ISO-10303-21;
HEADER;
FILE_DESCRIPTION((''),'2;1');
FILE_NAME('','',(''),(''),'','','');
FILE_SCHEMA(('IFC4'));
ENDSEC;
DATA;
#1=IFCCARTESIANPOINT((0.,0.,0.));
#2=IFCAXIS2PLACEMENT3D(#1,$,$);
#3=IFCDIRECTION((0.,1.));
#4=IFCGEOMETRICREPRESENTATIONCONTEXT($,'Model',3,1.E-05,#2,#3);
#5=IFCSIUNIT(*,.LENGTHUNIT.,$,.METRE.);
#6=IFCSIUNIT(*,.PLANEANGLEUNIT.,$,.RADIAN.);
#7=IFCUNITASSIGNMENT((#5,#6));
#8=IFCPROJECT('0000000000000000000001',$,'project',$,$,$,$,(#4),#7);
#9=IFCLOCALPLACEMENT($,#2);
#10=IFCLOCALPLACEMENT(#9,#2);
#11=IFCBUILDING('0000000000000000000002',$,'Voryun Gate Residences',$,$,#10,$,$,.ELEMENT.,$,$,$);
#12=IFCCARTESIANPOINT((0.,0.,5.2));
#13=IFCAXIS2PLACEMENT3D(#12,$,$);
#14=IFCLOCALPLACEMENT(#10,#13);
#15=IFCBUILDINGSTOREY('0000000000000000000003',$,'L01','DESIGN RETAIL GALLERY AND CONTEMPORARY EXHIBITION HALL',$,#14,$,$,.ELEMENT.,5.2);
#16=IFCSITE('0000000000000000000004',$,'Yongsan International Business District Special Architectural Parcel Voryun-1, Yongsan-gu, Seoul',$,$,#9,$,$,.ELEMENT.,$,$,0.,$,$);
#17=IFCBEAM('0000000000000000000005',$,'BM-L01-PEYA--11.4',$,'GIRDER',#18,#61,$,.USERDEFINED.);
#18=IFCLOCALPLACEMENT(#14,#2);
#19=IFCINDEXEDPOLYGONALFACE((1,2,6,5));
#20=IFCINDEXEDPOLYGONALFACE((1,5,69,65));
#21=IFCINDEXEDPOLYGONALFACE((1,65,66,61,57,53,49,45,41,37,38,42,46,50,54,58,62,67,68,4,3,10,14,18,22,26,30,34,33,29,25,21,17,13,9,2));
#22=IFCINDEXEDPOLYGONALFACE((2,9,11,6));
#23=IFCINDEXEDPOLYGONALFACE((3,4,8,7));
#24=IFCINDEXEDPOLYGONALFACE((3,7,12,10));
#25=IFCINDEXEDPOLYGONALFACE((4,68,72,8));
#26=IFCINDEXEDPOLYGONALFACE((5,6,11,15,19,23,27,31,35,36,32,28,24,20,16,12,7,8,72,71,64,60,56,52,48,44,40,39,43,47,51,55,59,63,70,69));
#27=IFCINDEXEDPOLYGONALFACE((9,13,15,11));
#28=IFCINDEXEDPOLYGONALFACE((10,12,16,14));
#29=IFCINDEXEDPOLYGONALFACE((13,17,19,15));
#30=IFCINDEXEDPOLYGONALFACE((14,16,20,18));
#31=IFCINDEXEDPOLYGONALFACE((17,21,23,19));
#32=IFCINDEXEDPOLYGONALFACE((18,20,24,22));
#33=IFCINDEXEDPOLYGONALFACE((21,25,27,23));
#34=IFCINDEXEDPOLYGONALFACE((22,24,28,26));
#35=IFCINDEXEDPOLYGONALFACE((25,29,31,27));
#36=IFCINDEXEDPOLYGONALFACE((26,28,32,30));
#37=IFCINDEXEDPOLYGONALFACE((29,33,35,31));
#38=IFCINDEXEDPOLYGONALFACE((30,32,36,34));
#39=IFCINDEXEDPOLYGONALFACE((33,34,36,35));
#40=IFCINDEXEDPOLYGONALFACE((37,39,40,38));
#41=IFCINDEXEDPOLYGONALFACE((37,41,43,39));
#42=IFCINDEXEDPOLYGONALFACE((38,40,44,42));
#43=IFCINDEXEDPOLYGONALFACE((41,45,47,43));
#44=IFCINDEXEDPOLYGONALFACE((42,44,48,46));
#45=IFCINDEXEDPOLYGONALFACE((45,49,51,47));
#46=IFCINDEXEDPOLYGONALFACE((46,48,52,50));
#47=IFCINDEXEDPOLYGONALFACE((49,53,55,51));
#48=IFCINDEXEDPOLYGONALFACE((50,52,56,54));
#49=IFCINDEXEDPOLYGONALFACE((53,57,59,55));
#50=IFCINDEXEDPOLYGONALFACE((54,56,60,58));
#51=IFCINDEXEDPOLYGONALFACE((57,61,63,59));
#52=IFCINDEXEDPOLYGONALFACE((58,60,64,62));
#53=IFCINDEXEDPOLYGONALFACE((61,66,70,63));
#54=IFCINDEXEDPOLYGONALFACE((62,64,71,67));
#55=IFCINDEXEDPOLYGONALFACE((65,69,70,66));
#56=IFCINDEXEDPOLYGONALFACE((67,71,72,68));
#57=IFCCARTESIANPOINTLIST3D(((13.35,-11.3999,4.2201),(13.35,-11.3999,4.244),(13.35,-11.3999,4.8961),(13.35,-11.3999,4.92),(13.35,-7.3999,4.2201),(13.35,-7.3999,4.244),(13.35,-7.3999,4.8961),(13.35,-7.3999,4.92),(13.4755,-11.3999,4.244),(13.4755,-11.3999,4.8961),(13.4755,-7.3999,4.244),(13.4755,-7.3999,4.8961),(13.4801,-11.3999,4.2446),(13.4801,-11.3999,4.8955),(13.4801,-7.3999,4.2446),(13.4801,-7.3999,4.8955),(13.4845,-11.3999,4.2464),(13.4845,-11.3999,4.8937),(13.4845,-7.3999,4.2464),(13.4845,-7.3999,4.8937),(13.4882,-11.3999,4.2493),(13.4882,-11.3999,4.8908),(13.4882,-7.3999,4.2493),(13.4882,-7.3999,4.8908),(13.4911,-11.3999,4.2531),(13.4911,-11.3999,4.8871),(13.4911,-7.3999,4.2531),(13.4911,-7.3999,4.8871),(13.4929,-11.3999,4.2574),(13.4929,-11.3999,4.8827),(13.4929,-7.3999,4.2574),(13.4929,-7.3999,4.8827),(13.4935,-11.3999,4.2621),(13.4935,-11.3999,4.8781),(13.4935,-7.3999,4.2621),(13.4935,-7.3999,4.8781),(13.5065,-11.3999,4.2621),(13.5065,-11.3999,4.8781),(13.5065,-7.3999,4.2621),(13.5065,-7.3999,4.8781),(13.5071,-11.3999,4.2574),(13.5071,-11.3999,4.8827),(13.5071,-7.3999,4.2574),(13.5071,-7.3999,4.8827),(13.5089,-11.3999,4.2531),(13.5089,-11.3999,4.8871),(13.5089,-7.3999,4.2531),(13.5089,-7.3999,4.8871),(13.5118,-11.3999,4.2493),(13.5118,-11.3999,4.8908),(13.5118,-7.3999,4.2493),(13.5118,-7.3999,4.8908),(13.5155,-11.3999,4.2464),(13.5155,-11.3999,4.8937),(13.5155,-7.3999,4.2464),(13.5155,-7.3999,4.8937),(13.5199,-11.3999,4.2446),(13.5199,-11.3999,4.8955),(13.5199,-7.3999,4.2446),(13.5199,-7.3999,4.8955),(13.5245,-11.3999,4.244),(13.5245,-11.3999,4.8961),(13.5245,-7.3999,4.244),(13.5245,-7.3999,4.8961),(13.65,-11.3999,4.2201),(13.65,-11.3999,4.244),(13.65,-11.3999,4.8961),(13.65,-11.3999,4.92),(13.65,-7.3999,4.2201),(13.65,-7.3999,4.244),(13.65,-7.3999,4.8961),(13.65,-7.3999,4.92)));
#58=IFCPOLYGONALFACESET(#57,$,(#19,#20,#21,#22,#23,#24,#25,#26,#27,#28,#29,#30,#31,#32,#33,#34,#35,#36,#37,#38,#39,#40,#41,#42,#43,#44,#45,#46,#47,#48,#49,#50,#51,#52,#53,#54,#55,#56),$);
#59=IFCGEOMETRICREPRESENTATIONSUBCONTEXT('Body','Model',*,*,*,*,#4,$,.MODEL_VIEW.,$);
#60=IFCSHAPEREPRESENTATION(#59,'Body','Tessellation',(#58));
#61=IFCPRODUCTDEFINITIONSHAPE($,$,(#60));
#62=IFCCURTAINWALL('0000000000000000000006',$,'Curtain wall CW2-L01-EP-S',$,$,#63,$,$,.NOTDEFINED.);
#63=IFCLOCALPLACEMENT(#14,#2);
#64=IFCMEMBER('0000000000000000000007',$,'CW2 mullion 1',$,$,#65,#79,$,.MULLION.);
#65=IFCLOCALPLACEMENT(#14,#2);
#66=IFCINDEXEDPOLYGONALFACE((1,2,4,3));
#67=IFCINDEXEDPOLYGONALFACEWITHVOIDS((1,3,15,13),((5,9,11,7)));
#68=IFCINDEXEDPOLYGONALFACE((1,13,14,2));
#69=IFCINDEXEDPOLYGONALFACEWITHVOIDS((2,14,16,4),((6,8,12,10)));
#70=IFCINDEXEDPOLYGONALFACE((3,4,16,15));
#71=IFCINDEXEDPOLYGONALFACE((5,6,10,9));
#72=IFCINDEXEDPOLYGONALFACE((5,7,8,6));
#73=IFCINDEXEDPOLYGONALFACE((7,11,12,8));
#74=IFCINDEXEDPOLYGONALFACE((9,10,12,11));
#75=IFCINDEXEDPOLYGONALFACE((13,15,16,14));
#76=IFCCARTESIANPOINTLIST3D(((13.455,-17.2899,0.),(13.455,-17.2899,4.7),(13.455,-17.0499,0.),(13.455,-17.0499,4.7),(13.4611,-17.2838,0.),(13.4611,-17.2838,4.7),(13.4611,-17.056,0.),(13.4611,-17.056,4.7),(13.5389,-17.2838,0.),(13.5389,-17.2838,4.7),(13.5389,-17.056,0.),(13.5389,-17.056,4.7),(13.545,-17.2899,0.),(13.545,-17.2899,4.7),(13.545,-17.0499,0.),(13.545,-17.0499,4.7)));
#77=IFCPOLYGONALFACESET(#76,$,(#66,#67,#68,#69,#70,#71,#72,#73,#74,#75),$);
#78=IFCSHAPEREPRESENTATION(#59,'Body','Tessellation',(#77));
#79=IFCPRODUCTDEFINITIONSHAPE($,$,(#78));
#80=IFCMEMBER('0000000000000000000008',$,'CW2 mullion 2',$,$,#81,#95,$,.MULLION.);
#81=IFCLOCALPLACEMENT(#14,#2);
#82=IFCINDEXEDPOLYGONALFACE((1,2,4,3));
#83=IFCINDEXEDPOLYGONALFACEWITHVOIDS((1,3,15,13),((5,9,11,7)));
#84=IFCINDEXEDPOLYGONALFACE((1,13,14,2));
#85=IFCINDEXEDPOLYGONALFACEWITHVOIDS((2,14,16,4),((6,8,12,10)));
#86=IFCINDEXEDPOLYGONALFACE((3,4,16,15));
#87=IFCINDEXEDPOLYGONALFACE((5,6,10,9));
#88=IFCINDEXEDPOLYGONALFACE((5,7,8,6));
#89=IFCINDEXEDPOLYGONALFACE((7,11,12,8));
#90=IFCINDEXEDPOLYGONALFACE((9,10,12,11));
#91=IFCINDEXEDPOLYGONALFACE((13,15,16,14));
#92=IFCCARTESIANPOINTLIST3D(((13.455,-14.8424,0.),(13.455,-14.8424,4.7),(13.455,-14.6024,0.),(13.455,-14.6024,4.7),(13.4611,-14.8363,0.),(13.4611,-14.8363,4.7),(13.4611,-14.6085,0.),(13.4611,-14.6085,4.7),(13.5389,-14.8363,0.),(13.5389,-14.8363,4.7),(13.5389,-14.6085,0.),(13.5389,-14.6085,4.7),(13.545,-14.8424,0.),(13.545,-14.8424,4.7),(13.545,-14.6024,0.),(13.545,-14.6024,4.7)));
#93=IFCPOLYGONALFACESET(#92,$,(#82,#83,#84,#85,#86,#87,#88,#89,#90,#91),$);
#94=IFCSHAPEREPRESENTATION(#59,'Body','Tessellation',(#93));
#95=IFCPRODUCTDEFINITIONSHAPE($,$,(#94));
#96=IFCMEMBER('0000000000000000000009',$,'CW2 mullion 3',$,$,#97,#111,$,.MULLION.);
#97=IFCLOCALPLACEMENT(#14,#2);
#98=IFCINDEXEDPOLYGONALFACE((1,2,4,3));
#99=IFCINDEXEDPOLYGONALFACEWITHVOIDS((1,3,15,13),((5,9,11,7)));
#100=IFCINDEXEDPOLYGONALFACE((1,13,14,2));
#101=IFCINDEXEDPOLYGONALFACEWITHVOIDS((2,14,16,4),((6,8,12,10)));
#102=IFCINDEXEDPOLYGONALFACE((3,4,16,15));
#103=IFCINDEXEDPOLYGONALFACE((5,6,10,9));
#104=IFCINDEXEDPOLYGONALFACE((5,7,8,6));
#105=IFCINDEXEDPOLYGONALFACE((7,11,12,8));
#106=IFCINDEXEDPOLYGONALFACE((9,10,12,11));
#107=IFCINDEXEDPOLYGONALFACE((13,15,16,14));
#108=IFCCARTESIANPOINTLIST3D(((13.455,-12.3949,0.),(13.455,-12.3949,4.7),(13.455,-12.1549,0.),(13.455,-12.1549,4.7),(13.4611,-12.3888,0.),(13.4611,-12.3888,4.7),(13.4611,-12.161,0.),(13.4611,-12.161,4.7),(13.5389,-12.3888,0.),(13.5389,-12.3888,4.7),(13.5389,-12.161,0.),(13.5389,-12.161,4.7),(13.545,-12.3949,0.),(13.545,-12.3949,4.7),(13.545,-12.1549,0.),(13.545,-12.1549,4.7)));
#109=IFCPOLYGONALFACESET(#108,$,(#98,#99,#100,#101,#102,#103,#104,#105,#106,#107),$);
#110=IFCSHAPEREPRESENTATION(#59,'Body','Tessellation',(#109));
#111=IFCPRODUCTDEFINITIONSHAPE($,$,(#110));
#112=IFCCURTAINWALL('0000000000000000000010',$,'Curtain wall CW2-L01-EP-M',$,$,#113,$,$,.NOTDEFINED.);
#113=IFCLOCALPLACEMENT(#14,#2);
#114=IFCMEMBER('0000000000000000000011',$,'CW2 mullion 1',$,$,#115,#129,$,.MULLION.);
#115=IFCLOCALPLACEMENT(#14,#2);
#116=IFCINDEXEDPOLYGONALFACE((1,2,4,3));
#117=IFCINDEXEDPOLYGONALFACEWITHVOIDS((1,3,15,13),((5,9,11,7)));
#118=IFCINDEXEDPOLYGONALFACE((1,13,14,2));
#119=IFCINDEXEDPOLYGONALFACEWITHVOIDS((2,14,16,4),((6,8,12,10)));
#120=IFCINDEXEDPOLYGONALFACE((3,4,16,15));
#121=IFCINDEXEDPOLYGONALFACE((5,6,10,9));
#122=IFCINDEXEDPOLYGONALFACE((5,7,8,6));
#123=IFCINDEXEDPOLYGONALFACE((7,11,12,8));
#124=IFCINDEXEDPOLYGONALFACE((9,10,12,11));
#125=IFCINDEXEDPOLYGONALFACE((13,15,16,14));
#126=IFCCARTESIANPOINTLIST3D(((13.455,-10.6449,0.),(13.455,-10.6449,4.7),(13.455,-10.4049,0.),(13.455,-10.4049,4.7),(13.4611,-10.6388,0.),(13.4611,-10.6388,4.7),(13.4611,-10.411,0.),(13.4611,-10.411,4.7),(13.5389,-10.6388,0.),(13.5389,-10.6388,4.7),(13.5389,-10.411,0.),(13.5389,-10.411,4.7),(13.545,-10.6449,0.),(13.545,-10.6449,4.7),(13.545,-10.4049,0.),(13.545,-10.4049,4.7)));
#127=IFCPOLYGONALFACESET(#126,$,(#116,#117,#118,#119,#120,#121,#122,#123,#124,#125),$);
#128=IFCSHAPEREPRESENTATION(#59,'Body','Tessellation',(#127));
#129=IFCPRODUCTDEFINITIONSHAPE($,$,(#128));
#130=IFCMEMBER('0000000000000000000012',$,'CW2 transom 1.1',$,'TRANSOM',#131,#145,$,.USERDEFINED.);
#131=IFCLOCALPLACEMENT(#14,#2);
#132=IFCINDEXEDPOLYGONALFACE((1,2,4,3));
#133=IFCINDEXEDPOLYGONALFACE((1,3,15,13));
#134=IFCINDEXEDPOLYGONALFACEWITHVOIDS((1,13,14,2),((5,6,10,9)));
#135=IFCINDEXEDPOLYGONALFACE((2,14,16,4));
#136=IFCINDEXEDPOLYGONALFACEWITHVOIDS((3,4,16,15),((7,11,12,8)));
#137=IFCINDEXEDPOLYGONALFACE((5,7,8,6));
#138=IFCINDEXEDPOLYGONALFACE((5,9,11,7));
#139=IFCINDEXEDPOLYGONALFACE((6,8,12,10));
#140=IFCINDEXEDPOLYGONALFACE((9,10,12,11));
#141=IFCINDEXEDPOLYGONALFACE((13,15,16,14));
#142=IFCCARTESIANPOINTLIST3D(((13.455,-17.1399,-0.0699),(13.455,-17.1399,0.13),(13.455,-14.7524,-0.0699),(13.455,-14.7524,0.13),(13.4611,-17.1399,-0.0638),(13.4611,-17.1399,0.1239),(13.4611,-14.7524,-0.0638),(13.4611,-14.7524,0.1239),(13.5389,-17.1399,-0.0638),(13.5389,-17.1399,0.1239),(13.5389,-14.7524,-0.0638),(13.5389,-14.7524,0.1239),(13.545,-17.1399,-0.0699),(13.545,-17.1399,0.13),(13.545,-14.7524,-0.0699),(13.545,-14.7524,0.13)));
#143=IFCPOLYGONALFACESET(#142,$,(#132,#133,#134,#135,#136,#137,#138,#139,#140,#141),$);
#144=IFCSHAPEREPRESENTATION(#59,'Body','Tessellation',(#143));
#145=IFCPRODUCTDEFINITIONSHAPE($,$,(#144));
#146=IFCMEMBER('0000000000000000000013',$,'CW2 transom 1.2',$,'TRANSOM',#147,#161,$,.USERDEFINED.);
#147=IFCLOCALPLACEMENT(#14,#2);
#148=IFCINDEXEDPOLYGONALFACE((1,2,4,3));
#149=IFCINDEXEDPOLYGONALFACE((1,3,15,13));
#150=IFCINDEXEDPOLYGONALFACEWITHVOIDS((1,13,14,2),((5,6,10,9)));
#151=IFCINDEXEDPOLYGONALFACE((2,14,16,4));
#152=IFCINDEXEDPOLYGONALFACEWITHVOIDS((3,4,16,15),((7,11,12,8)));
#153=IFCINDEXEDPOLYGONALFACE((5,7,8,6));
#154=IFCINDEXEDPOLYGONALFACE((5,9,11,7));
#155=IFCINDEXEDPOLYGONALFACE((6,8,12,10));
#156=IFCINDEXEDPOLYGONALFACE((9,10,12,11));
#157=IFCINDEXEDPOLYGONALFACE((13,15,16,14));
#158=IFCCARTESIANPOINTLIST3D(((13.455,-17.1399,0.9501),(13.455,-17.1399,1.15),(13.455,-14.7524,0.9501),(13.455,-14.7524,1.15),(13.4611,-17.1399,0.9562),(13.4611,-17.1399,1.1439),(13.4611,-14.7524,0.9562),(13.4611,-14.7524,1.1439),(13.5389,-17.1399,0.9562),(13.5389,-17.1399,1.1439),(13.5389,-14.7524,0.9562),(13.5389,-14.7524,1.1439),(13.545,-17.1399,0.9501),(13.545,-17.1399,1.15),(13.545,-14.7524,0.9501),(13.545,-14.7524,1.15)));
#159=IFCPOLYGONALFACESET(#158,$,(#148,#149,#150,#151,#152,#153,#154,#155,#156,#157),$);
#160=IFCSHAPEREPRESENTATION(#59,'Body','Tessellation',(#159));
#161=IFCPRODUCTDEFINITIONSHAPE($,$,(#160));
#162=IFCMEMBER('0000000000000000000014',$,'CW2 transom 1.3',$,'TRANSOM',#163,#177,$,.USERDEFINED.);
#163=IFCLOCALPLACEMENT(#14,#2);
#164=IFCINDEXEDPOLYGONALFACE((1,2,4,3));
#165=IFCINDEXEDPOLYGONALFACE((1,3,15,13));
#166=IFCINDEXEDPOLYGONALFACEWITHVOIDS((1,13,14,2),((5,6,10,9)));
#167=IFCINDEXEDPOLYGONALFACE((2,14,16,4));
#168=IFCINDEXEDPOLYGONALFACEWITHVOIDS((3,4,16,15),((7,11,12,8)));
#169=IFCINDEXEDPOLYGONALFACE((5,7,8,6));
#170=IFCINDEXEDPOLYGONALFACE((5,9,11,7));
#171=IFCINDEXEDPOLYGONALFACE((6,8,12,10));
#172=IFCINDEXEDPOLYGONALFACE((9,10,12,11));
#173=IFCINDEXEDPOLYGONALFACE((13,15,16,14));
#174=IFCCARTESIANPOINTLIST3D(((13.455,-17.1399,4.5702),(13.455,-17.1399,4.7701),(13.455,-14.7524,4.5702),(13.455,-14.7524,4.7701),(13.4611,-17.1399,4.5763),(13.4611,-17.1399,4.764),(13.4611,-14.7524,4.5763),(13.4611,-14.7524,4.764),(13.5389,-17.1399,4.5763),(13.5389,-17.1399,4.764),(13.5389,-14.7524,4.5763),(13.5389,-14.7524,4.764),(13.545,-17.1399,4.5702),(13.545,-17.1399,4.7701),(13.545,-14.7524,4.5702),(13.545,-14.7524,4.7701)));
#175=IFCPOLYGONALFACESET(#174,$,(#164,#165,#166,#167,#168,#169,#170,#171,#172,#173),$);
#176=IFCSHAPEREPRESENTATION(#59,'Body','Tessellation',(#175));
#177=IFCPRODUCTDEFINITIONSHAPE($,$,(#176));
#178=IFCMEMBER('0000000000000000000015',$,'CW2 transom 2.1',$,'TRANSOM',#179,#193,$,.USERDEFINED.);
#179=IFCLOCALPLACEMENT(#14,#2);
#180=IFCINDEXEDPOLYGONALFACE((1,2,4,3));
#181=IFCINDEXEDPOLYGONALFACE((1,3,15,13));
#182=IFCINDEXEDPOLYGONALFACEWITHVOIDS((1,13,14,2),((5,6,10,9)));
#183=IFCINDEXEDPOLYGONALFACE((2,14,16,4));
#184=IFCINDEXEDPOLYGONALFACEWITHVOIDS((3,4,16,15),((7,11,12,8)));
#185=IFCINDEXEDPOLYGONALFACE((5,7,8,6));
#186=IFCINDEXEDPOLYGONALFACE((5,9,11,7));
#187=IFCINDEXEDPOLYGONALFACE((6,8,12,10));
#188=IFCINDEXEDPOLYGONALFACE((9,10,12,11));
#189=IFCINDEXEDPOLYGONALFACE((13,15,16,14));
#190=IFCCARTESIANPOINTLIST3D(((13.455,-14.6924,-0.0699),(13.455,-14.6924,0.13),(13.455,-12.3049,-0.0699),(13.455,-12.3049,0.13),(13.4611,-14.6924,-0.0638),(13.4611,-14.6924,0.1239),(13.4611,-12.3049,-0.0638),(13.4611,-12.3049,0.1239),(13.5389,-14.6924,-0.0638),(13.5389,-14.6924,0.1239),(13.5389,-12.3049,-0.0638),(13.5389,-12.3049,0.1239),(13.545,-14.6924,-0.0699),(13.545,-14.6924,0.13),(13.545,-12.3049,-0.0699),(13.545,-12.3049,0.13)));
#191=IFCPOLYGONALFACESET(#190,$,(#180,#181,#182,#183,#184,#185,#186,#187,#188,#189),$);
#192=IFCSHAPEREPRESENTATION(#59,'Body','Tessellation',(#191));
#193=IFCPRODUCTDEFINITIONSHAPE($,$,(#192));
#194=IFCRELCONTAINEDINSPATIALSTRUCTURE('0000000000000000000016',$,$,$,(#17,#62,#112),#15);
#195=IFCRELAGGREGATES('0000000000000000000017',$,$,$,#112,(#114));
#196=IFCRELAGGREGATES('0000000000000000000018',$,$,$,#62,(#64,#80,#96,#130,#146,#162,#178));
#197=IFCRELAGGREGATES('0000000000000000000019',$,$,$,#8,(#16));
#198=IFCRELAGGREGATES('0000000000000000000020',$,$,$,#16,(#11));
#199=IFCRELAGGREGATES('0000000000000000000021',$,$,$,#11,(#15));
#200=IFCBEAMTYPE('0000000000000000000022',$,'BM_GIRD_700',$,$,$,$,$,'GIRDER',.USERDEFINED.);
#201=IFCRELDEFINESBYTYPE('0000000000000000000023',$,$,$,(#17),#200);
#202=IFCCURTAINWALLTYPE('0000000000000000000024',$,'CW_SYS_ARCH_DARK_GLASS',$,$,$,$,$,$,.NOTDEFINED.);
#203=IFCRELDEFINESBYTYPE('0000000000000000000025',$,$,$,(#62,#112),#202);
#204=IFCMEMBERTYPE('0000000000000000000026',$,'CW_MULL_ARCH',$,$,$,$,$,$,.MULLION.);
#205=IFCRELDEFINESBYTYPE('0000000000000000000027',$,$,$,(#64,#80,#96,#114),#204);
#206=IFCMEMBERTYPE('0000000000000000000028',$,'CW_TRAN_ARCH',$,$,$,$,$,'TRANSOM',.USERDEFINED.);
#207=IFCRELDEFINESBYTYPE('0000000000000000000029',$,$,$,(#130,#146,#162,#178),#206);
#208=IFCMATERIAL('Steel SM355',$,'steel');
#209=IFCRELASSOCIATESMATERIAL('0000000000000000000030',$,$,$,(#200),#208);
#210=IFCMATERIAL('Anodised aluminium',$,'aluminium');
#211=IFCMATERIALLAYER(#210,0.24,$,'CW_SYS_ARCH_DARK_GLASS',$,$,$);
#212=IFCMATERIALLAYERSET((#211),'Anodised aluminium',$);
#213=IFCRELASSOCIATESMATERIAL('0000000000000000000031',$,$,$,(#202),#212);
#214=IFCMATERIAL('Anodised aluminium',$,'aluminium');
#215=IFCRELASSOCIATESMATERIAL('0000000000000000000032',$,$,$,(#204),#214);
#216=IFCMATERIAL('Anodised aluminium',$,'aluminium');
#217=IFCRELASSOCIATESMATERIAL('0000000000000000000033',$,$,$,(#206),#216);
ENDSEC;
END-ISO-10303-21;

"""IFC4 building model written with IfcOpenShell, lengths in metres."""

from ifc_helpers import new_model, si_unit, direction, frame, origin, origin_2d, place, context, subcontext, project, spatial, hollow_rectangle, i_section, extrude, material, layer, layer_set, material_profile, profile_set, type_object, element, aggregate, save


model = new_model("IFC4")

# Units and contexts
model_context = context("Model", 3, precision=1e-05, world=origin(), true_north=direction((0.0, 1.0)))
body_context = subcontext(model_context, "Body", "Model", "MODEL_VIEW")
ifc_project = project(units=[si_unit("LENGTHUNIT", "METRE"), si_unit("PLANEANGLEUNIT", "RADIAN")], contexts=[model_context])

# Site, building, storey
site_placement = place(None, origin())
site = spatial("IfcSite", under=ifc_project, at=site_placement, Name="Yongsan International Business District Special Architectural Parcel Voryun-1, Yongsan-gu, Seoul", CompositionType="ELEMENT", RefElevation=0.0)
building_placement = place(site_placement, origin())
building = spatial("IfcBuilding", under=site, at=building_placement, Name="Voryun Gate Residences", CompositionType="ELEMENT")
storey_placement = place(building_placement, frame((0.0, 0.0, 5.2)))
storey = spatial("IfcBuildingStorey", under=building, at=storey_placement, Name="L01", Description="DESIGN RETAIL GALLERY AND CONTEMPORARY EXHIBITION HALL", CompositionType="ELEMENT", Elevation=5.2)

# Beam
ifc_material_1 = material(Name="Steel SM355", Category="steel")
ifc_material_profile_1 = material_profile(ifc_material_1, i_section(OverallWidth=0.3, OverallDepth=0.7, WebThickness=0.0129, FlangeThickness=0.0239, FilletRadius=0.0181, at=origin_2d()), Name="H-700x300x13x24")
ifc_profile_set_1 = profile_set([ifc_material_profile_1], Name="Steel SM355")
beam_type = type_object("IfcBeamType", Name="BM_GIRD_700", ElementType="GIRDER", PredefinedType="USERDEFINED", material=ifc_profile_set_1)
beam_1_placement = place(storey_placement, frame((13.5, -11.3999, 4.5701), z_axis=(0.0, 1.0, 0.0), x_axis=(-1.0, 0.0, 0.0)))
element("IfcBeam", 1, at=beam_1_placement, inside=storey, type_object=beam_type, Name="BM-L01-PEYA--11.4", ObjectType="GIRDER", PredefinedType="USERDEFINED", context=body_context, shape_type="SweptSolid", body=[
    extrude(i_section(OverallWidth=0.3, OverallDepth=0.7, WebThickness=0.0129, FlangeThickness=0.0239, FilletRadius=0.0181, at=origin_2d()), origin(), (0.0, 0.0, 1.0), 4.0),
])

# Curtain wall, members
ifc_material_2 = material(Name="Anodised aluminium", Category="aluminium")
ifc_layer_1 = layer(ifc_material_2, 0.24, Name="CW_SYS_ARCH_DARK_GLASS")
ifc_layer_set_1 = layer_set([ifc_layer_1], Name="Anodised aluminium")
curtain_wall_type = type_object("IfcCurtainWallType", Name="CW_SYS_ARCH_DARK_GLASS", PredefinedType="NOTDEFINED", material=ifc_layer_set_1)
curtain_wall_1_placement = place(storey_placement, origin())
curtain_wall_1 = element("IfcCurtainWall", 2, at=curtain_wall_1_placement, inside=storey, type_object=curtain_wall_type, Name="Curtain wall CW2-L01-EP-S", PredefinedType="NOTDEFINED")
ifc_material_3 = material(Name="Anodised aluminium", Category="aluminium")
ifc_material_profile_2 = material_profile(ifc_material_3, hollow_rectangle(XDim=0.0901, YDim=0.24, WallThickness=0.0061, at=origin_2d()), Name="ALU-MULL-240x90x6")
ifc_profile_set_2 = profile_set([ifc_material_profile_2], Name="Anodised aluminium")
member_type_1 = type_object("IfcMemberType", Name="CW_MULL_ARCH", PredefinedType="MULLION", material=ifc_profile_set_2)
member_1_placement = place(storey_placement, frame((13.5, -17.1699, 0.0), z_axis=(0.0, 0.0, 1.0), x_axis=(-1.0, 0.0, 0.0)))
member_1 = element("IfcMember", 3, at=member_1_placement, type_object=member_type_1, Name="CW2 mullion 1", PredefinedType="MULLION", context=body_context, shape_type="SweptSolid", body=[
    extrude(hollow_rectangle(XDim=0.0901, YDim=0.24, WallThickness=0.0061, at=origin_2d()), origin(), (0.0, 0.0, 1.0), 4.7),
])
member_2_placement = place(storey_placement, frame((13.5, -14.7224, 0.0), z_axis=(0.0, 0.0, 1.0), x_axis=(-1.0, 0.0, 0.0)))
member_2 = element("IfcMember", 4, at=member_2_placement, type_object=member_type_1, Name="CW2 mullion 2", PredefinedType="MULLION", context=body_context, shape_type="SweptSolid", body=[
    extrude(hollow_rectangle(XDim=0.0901, YDim=0.24, WallThickness=0.0061, at=origin_2d()), origin(), (0.0, 0.0, 1.0), 4.7),
])
member_3_placement = place(storey_placement, frame((13.5, -12.2749, 0.0), z_axis=(0.0, 0.0, 1.0), x_axis=(-1.0, 0.0, 0.0)))
member_3 = element("IfcMember", 5, at=member_3_placement, type_object=member_type_1, Name="CW2 mullion 3", PredefinedType="MULLION", context=body_context, shape_type="SweptSolid", body=[
    extrude(hollow_rectangle(XDim=0.0901, YDim=0.24, WallThickness=0.0061, at=origin_2d()), origin(), (0.0, 0.0, 1.0), 4.7),
])

# Curtain wall, member
curtain_wall_2_placement = place(storey_placement, origin())
curtain_wall_2 = element("IfcCurtainWall", 6, at=curtain_wall_2_placement, inside=storey, type_object=curtain_wall_type, Name="Curtain wall CW2-L01-EP-M", PredefinedType="NOTDEFINED")
member_4_placement = place(storey_placement, frame((13.5, -10.5249, 0.0), z_axis=(0.0, 0.0, 1.0), x_axis=(-1.0, 0.0, 0.0)))
member_4 = element("IfcMember", 7, at=member_4_placement, type_object=member_type_1, Name="CW2 mullion 1", PredefinedType="MULLION", context=body_context, shape_type="SweptSolid", body=[
    extrude(hollow_rectangle(XDim=0.0901, YDim=0.24, WallThickness=0.0061, at=origin_2d()), origin(), (0.0, 0.0, 1.0), 4.7),
])

# Members
ifc_material_4 = material(Name="Anodised aluminium", Category="aluminium")
ifc_material_profile_3 = material_profile(ifc_material_4, hollow_rectangle(XDim=0.0901, YDim=0.2, WallThickness=0.0061, at=origin_2d()), Name="ALU-TRAN-200x90x6")
ifc_profile_set_3 = profile_set([ifc_material_profile_3], Name="Anodised aluminium")
member_type_2 = type_object("IfcMemberType", Name="CW_TRAN_ARCH", ElementType="TRANSOM", PredefinedType="USERDEFINED", material=ifc_profile_set_3)
member_5_placement = place(storey_placement, frame((13.5, -17.1399, 0.03), z_axis=(0.0, 1.0, 0.0), x_axis=(-1.0, 0.0, 0.0)))
member_5 = element("IfcMember", 8, at=member_5_placement, type_object=member_type_2, Name="CW2 transom 1.1", ObjectType="TRANSOM", PredefinedType="USERDEFINED", context=body_context, shape_type="SweptSolid", body=[
    extrude(hollow_rectangle(XDim=0.0901, YDim=0.2, WallThickness=0.0061, at=origin_2d()), origin(), (0.0, 0.0, 1.0), 2.3875),
])
member_6_placement = place(storey_placement, frame((13.5, -17.1399, 1.05), z_axis=(0.0, 1.0, 0.0), x_axis=(-1.0, 0.0, 0.0)))
member_6 = element("IfcMember", 9, at=member_6_placement, type_object=member_type_2, Name="CW2 transom 1.2", ObjectType="TRANSOM", PredefinedType="USERDEFINED", context=body_context, shape_type="SweptSolid", body=[
    extrude(hollow_rectangle(XDim=0.0901, YDim=0.2, WallThickness=0.0061, at=origin_2d()), origin(), (0.0, 0.0, 1.0), 2.3875),
])
member_7_placement = place(storey_placement, frame((13.5, -17.1399, 4.6702), z_axis=(0.0, 1.0, 0.0), x_axis=(-1.0, 0.0, 0.0)))
member_7 = element("IfcMember", 10, at=member_7_placement, type_object=member_type_2, Name="CW2 transom 1.3", ObjectType="TRANSOM", PredefinedType="USERDEFINED", context=body_context, shape_type="SweptSolid", body=[
    extrude(hollow_rectangle(XDim=0.0901, YDim=0.2, WallThickness=0.0061, at=origin_2d()), origin(), (0.0, 0.0, 1.0), 2.3875),
])
member_8_placement = place(storey_placement, frame((13.5, -14.6924, 0.03), z_axis=(0.0, 1.0, 0.0), x_axis=(-1.0, 0.0, 0.0)))
member_8 = element("IfcMember", 11, at=member_8_placement, type_object=member_type_2, Name="CW2 transom 2.1", ObjectType="TRANSOM", PredefinedType="USERDEFINED", context=body_context, shape_type="SweptSolid", body=[
    extrude(hollow_rectangle(XDim=0.0901, YDim=0.2, WallThickness=0.0061, at=origin_2d()), origin(), (0.0, 0.0, 1.0), 2.3875),
])
aggregate(curtain_wall_2, [member_4])

aggregate(curtain_wall_1, [member_1, member_2, member_3, member_5, member_6, member_7, member_8])

save(model, "model.ifc")
